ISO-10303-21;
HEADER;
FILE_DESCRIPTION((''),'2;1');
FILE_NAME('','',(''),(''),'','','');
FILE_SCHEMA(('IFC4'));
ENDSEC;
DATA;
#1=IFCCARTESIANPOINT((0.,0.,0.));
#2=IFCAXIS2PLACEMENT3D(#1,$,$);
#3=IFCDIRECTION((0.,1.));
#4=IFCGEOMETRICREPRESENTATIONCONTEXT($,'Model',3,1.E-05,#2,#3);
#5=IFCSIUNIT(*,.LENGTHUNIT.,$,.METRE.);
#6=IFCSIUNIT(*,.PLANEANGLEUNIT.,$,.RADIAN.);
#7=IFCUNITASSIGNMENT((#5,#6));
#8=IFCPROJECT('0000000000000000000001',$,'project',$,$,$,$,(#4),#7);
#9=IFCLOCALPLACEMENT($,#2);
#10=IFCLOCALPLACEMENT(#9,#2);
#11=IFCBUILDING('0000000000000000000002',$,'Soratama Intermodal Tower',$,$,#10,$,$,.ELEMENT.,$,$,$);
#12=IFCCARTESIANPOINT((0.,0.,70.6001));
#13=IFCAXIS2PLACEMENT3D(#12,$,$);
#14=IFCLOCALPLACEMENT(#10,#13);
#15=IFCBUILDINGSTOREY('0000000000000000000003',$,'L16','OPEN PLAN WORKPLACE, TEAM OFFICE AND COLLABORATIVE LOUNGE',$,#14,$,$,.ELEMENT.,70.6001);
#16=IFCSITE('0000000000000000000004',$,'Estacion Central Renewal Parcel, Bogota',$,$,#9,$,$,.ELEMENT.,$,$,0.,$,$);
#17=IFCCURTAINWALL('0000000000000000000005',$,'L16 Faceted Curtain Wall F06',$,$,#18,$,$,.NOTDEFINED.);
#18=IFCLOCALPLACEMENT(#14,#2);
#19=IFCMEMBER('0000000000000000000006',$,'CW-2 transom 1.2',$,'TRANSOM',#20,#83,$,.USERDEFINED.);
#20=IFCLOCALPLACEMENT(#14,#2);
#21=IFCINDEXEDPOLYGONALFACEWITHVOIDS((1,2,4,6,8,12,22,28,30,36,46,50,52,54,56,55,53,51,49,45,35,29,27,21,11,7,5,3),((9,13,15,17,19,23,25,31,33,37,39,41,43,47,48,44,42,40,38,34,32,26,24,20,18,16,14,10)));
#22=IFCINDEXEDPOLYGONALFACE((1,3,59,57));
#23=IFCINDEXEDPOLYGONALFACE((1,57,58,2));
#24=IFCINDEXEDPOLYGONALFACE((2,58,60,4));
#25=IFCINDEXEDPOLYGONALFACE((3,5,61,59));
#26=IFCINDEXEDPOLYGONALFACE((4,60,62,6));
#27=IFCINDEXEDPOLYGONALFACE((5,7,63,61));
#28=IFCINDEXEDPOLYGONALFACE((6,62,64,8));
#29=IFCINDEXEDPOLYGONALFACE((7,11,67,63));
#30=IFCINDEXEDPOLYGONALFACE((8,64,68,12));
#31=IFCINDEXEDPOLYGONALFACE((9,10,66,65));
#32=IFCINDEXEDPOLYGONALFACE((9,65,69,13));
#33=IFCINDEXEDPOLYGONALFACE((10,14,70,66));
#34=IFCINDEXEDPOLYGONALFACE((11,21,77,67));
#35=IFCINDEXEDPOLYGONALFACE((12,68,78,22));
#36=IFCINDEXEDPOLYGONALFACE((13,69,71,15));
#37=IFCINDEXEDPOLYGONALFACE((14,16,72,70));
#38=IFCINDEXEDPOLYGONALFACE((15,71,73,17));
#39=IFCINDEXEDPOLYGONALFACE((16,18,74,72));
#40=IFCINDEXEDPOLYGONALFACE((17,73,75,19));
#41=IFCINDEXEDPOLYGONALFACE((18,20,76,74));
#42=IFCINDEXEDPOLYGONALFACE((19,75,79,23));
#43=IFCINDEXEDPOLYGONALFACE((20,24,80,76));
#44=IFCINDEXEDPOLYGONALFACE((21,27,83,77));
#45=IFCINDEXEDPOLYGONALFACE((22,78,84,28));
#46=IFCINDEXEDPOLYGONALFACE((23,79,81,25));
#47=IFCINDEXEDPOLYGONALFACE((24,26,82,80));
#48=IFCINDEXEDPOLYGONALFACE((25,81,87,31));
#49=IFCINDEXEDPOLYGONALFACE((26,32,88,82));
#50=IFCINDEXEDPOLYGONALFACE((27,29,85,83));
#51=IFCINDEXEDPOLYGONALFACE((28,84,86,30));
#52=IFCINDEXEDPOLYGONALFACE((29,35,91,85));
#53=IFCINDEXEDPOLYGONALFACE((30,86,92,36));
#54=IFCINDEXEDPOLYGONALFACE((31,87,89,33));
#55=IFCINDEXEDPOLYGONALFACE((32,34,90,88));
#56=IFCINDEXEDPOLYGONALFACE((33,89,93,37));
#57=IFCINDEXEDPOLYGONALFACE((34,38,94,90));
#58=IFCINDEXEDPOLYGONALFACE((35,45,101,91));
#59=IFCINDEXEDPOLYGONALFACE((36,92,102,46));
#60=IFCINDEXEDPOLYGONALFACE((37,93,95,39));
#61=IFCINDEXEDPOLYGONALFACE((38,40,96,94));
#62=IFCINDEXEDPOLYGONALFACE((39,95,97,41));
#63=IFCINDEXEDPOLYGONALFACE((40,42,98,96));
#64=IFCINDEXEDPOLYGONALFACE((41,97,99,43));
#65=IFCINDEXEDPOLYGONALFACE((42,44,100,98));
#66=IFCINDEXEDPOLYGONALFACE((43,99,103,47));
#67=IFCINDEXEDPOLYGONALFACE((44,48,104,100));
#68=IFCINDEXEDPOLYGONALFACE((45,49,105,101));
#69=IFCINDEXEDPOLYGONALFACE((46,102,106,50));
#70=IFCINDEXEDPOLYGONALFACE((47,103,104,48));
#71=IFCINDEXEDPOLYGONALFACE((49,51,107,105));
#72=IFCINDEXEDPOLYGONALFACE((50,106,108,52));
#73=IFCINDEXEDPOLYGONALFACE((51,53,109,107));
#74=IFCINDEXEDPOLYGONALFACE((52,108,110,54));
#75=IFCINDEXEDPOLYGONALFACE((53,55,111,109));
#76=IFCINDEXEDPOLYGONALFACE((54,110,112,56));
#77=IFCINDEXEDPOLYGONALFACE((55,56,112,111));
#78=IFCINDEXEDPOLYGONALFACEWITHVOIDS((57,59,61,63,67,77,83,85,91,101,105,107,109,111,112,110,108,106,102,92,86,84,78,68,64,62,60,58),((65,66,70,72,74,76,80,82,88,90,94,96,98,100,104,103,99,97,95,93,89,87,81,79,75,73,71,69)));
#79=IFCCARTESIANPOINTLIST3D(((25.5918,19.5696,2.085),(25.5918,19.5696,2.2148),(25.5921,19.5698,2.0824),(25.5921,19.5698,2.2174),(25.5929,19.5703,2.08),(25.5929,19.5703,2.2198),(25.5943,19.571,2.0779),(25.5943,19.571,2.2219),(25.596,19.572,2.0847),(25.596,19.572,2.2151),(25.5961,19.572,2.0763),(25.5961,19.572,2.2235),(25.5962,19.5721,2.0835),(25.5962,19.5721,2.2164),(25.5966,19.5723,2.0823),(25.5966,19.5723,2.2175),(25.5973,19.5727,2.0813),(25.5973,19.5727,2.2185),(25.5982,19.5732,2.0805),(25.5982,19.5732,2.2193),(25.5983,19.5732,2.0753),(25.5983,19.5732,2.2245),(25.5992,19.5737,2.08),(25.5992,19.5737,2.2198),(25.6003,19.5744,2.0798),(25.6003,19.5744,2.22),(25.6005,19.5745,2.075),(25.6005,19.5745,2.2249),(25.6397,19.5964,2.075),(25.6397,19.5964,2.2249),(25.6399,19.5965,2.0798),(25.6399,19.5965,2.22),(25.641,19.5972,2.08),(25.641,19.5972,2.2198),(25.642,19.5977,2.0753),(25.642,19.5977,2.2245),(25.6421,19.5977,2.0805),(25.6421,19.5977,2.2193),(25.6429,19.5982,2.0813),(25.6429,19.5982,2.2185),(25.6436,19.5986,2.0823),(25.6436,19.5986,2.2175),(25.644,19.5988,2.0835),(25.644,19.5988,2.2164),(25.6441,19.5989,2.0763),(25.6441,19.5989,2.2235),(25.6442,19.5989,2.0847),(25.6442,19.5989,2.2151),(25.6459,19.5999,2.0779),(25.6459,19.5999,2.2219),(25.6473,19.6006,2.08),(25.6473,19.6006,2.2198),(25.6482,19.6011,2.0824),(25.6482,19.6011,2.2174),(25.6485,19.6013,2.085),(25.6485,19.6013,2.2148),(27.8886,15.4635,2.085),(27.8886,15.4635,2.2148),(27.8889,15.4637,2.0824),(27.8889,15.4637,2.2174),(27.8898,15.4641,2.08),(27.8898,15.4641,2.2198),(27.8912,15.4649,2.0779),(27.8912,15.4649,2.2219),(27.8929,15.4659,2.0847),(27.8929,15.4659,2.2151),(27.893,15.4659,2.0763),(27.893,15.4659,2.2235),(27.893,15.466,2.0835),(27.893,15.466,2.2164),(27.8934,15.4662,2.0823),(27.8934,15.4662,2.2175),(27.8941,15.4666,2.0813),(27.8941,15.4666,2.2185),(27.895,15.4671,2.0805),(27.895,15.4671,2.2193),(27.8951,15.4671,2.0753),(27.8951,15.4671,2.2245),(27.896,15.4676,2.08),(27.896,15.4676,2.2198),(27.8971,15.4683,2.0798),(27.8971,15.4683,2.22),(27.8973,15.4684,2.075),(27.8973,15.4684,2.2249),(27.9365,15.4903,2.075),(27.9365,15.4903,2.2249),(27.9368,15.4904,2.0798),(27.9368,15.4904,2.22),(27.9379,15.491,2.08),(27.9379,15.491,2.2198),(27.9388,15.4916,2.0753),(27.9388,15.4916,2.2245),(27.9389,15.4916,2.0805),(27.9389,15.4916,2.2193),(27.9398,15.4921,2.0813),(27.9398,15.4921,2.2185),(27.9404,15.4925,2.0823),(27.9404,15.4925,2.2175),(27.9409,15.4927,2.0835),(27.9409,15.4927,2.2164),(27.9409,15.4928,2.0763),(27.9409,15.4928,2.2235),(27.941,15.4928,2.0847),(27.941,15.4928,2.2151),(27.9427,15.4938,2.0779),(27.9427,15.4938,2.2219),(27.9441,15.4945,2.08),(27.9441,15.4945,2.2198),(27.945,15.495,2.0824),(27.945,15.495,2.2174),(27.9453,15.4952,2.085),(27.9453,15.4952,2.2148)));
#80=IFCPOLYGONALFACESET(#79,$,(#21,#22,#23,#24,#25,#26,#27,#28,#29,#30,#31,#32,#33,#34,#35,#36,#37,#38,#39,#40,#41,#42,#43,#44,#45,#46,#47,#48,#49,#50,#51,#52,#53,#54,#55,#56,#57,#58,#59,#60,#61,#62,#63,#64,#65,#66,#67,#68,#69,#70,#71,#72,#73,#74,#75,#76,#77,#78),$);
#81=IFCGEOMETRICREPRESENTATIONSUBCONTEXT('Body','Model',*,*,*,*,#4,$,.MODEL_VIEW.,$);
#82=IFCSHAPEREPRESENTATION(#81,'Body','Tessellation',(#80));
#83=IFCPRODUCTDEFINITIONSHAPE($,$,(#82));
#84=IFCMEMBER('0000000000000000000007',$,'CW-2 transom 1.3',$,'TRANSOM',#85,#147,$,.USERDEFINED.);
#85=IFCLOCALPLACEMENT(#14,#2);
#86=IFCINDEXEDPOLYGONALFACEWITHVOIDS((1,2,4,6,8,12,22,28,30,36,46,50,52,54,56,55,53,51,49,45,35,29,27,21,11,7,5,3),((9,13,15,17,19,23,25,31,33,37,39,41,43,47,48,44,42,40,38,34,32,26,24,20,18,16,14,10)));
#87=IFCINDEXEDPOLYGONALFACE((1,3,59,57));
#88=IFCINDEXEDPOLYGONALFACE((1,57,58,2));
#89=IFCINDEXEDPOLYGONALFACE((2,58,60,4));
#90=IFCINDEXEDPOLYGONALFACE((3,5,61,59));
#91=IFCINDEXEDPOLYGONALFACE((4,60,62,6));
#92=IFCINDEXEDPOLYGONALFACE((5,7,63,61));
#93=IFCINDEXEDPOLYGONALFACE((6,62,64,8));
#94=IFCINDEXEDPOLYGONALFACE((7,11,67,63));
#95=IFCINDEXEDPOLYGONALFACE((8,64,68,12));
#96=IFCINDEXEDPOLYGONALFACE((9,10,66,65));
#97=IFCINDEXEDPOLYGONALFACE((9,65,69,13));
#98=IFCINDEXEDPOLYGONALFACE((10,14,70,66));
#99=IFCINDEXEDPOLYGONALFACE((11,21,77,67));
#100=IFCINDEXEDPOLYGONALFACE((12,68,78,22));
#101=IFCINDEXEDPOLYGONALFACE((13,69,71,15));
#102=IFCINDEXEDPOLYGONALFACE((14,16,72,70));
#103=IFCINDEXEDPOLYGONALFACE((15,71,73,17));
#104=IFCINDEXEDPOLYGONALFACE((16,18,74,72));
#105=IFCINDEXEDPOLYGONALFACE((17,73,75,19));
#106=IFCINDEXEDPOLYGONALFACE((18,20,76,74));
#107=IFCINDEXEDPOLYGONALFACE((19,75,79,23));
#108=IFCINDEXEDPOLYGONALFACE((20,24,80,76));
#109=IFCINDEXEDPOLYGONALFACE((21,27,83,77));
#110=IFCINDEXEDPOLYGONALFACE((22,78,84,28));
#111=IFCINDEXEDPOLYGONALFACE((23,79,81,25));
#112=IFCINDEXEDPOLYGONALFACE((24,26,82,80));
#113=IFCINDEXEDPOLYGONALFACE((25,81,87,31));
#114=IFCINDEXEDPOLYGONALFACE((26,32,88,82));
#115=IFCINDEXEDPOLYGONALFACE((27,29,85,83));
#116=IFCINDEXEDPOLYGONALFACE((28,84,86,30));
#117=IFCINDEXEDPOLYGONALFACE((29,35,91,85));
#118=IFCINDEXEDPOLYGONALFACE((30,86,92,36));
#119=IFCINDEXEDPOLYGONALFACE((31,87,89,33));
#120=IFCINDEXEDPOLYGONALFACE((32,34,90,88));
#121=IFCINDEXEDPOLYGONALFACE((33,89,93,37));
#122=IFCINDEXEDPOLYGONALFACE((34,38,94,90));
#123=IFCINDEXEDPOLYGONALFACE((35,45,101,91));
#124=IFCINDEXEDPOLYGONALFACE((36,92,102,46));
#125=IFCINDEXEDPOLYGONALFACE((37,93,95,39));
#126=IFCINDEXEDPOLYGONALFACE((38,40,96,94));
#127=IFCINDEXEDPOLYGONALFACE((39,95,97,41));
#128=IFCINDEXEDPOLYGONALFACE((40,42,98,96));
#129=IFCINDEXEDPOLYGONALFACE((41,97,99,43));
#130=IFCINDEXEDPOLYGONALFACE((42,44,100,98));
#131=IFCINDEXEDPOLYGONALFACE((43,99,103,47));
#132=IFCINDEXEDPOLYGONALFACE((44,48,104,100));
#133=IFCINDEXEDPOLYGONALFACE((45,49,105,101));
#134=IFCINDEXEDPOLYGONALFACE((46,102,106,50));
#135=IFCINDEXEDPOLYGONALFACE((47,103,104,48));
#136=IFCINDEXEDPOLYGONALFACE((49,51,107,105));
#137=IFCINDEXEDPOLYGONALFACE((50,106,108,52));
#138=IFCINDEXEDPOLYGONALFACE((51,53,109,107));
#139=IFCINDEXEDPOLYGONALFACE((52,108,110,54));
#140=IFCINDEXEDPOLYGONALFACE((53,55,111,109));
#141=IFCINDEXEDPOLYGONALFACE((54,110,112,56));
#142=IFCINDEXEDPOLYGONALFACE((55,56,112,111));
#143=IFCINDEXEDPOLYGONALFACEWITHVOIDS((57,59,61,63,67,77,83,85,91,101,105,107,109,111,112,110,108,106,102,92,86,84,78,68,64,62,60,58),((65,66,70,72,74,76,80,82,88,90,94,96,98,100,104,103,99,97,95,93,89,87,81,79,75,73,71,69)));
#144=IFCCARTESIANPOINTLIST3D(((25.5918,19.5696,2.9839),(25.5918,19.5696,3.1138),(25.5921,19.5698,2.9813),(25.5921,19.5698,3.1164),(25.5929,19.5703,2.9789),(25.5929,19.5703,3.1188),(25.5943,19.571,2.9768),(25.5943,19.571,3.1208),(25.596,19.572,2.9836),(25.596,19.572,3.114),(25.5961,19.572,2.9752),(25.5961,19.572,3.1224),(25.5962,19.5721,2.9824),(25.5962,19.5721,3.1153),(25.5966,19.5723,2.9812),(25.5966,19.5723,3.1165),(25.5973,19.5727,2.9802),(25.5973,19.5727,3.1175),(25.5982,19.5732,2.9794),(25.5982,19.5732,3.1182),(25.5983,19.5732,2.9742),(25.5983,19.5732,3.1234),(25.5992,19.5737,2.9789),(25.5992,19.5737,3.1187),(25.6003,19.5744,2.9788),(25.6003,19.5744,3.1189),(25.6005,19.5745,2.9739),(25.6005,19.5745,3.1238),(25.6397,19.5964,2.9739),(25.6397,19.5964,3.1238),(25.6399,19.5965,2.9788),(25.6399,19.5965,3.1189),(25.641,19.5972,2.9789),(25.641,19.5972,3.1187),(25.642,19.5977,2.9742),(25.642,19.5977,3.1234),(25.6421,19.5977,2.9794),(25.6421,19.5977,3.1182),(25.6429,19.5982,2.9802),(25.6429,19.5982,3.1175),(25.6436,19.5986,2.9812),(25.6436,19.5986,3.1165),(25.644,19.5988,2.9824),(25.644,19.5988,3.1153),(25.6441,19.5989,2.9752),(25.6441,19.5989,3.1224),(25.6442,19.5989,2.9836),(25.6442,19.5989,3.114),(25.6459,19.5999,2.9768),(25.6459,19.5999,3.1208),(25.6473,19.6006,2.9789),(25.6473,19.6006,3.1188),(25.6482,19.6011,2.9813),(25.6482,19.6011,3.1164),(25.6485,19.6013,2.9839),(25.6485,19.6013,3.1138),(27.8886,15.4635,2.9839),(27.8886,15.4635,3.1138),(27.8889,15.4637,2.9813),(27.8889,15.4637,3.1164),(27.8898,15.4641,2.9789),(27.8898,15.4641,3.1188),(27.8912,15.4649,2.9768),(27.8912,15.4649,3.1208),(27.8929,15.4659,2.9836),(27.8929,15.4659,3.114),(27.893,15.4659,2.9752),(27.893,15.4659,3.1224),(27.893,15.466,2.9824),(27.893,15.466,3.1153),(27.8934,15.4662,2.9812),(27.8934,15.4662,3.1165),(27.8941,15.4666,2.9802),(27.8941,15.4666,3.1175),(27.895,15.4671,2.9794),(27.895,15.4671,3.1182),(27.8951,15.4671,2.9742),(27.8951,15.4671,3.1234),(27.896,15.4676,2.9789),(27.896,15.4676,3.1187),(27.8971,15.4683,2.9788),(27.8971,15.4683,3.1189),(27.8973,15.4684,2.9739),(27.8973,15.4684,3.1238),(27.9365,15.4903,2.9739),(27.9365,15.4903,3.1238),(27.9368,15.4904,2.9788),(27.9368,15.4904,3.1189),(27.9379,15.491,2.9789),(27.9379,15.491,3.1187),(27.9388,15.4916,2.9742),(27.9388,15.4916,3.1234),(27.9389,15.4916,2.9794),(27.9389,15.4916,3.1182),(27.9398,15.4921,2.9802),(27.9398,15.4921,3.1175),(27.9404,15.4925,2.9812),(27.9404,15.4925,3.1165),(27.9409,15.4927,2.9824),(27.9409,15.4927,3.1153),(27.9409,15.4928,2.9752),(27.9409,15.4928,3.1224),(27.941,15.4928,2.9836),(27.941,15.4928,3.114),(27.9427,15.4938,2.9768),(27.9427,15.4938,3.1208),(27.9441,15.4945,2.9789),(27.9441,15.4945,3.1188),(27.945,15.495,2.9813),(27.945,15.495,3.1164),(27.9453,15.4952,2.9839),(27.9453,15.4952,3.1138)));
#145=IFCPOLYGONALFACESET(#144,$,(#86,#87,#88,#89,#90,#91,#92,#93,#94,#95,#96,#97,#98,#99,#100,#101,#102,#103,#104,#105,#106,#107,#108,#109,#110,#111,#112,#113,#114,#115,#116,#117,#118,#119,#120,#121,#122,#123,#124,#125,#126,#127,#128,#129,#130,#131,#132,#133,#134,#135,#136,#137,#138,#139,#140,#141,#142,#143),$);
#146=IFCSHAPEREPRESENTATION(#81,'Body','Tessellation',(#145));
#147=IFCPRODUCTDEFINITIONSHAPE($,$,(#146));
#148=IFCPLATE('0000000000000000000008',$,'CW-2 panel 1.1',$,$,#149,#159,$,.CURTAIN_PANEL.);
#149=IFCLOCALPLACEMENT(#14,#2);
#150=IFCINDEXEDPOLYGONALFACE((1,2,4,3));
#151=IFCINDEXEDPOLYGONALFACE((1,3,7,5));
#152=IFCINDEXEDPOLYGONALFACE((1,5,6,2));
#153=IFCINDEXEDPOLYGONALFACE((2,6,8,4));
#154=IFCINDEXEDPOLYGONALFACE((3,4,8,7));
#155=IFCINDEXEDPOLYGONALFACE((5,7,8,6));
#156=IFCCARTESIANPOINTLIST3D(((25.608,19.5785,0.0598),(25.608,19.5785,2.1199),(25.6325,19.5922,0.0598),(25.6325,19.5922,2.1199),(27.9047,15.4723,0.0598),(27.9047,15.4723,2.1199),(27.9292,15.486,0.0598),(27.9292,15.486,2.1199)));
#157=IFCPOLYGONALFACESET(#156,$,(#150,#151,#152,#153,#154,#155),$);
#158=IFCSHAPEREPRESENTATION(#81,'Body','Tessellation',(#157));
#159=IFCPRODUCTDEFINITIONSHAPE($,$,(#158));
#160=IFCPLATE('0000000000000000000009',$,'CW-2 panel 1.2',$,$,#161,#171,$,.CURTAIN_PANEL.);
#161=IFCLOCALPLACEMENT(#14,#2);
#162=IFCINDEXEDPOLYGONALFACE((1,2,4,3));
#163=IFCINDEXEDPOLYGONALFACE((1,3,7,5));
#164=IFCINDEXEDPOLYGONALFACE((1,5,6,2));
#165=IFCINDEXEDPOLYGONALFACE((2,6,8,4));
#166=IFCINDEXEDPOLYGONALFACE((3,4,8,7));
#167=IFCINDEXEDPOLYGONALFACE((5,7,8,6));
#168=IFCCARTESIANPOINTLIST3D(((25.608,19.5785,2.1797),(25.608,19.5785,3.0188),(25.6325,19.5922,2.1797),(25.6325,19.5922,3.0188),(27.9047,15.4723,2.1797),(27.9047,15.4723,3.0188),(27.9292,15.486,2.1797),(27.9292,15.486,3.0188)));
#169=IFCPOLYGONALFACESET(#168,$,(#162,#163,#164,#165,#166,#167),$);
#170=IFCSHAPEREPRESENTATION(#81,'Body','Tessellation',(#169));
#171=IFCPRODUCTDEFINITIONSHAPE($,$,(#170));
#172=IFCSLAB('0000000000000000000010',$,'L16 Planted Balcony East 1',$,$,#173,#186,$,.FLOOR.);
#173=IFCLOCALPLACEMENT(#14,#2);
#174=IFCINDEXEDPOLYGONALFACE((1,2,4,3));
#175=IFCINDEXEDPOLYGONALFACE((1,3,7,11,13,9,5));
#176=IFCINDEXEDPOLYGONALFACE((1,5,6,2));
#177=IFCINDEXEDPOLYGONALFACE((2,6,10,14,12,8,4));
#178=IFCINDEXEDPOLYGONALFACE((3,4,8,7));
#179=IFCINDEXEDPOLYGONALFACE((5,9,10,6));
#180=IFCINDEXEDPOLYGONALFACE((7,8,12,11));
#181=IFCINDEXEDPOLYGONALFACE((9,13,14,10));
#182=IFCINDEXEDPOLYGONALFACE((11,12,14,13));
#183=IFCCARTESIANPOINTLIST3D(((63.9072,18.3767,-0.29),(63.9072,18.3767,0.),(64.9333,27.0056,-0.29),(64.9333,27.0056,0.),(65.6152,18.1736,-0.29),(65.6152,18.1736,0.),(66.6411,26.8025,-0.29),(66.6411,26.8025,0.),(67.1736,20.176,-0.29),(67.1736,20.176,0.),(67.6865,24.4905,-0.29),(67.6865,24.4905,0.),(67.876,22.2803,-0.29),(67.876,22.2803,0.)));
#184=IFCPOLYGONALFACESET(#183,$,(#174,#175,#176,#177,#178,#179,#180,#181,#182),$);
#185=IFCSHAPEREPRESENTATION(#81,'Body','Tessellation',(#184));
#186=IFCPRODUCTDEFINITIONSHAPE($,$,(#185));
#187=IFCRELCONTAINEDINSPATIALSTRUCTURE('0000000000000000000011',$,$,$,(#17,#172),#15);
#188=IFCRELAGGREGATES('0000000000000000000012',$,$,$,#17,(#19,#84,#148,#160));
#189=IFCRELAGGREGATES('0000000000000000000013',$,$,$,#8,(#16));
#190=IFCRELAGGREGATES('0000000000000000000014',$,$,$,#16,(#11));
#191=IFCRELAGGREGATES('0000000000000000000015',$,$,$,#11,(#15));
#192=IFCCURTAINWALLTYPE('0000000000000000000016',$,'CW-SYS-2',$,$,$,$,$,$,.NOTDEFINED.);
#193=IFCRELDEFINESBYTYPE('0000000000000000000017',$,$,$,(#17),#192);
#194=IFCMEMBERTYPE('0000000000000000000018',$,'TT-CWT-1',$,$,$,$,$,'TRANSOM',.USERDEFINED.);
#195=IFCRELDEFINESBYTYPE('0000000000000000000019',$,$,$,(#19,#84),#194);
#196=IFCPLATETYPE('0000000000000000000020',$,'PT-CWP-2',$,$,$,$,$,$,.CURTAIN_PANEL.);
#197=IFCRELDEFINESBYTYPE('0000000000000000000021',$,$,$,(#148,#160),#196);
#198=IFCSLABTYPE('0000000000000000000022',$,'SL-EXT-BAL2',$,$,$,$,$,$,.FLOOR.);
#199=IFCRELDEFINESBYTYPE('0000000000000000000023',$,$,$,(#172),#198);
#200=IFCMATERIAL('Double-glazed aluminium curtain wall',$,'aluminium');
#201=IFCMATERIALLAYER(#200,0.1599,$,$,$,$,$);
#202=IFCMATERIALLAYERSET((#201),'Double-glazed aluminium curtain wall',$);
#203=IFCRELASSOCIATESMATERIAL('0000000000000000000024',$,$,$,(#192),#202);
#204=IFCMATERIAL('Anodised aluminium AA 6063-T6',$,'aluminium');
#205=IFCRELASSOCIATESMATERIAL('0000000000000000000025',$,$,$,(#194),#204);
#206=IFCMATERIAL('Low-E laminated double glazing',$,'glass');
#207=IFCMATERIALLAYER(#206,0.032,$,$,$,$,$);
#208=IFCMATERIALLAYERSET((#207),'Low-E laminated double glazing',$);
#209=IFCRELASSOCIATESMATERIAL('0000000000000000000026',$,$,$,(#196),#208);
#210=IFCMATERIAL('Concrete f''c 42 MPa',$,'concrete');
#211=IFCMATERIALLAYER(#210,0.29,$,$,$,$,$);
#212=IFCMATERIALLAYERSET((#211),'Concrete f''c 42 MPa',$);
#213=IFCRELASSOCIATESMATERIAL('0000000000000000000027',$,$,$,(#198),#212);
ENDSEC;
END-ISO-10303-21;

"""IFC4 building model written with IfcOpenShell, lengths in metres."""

from ifc_helpers import new_model, si_unit, direction, frame, origin, origin_2d, place, context, subcontext, project, spatial, polyline, rectangle, hollow_rectangle, outline, extrude, material, layer, layer_set, material_profile, profile_set, type_object, element, aggregate, save


model = new_model("IFC4")

# Units and contexts
model_context = context("Model", 3, precision=1e-05, world=origin(), true_north=direction((0.0, 1.0)))
body_context = subcontext(model_context, "Body", "Model", "MODEL_VIEW")
ifc_project = project(units=[si_unit("LENGTHUNIT", "METRE"), si_unit("PLANEANGLEUNIT", "RADIAN")], contexts=[model_context])

# Site, building, storey
site_placement = place(None, origin())
site = spatial("IfcSite", under=ifc_project, at=site_placement, Name="Estacion Central Renewal Parcel, Bogota", CompositionType="ELEMENT", RefElevation=0.0)
building_placement = place(site_placement, origin())
building = spatial("IfcBuilding", under=site, at=building_placement, Name="Soratama Intermodal Tower", CompositionType="ELEMENT")
storey_placement = place(building_placement, frame((0.0, 0.0, 70.6001)))
storey = spatial("IfcBuildingStorey", under=building, at=storey_placement, Name="L16", Description="OPEN PLAN WORKPLACE, TEAM OFFICE AND COLLABORATIVE LOUNGE", CompositionType="ELEMENT", Elevation=70.6001)

# Curtain wall, members, plates
ifc_material_1 = material(Name="Double-glazed aluminium curtain wall", Category="aluminium")
ifc_layer_1 = layer(ifc_material_1, 0.1599)
ifc_layer_set_1 = layer_set([ifc_layer_1], Name="Double-glazed aluminium curtain wall")
curtain_wall_type = type_object("IfcCurtainWallType", Name="CW-SYS-2", PredefinedType="NOTDEFINED", material=ifc_layer_set_1)
curtain_wall_placement = place(storey_placement, origin())
curtain_wall = element("IfcCurtainWall", 1, at=curtain_wall_placement, inside=storey, type_object=curtain_wall_type, Name="L16 Faceted Curtain Wall F06", PredefinedType="NOTDEFINED")
ifc_material_2 = material(Name="Anodised aluminium AA 6063-T6", Category="aluminium")
ifc_material_profile_1 = material_profile(ifc_material_2, hollow_rectangle(XDim=0.0649, YDim=0.1499, WallThickness=0.0049, InnerFilletRadius=0.0049, OuterFilletRadius=0.01, at=origin_2d()), Name="CWT150X65X5")
ifc_profile_set_1 = profile_set([ifc_material_profile_1], Name="Anodised aluminium AA 6063-T6")
member_type_1 = type_object("IfcMemberType", Name="TT-CWT-1", ElementType="TRANSOM", PredefinedType="USERDEFINED", material=ifc_profile_set_1)
member_1_placement = place(storey_placement, frame((25.6201, 19.5854, 2.1499), z_axis=(0.488183, -0.872741, 0.0), x_axis=(0.872741, 0.488183, 0.0)))
member_1 = element("IfcMember", 2, at=member_1_placement, type_object=member_type_1, Name="CW-2 transom 1.2", ObjectType="TRANSOM", PredefinedType="USERDEFINED", context=body_context, shape_type="SweptSolid", body=[
    extrude(hollow_rectangle(XDim=0.0649, YDim=0.1499, WallThickness=0.0049, InnerFilletRadius=0.0049, OuterFilletRadius=0.01, at=origin_2d()), origin(), (0.0, 0.0, 1.0), 4.7048),
])
member_2_placement = place(storey_placement, frame((25.6201, 19.5854, 3.0488), z_axis=(0.488183, -0.872741, 0.0), x_axis=(0.872741, 0.488183, 0.0)))
member_2 = element("IfcMember", 3, at=member_2_placement, type_object=member_type_1, Name="CW-2 transom 1.3", ObjectType="TRANSOM", PredefinedType="USERDEFINED", context=body_context, shape_type="SweptSolid", body=[
    extrude(hollow_rectangle(XDim=0.0649, YDim=0.1499, WallThickness=0.0049, InnerFilletRadius=0.0049, OuterFilletRadius=0.01, at=origin_2d()), origin(), (0.0, 0.0, 1.0), 4.7048),
])
ifc_material_3 = material(Name="Low-E laminated double glazing", Category="glass")
ifc_layer_2 = layer(ifc_material_3, 0.032)
ifc_layer_set_2 = layer_set([ifc_layer_2], Name="Low-E laminated double glazing")
plate_type = type_object("IfcPlateType", Name="PT-CWP-2", PredefinedType="CURTAIN_PANEL", material=ifc_layer_set_2)
plate_1_placement = place(storey_placement, frame((26.7686, 17.5322, 0.0598), z_axis=(0.0, 0.0, 1.0), x_axis=(0.488157, -0.872756, 0.0)))
plate_1 = element("IfcPlate", 4, at=plate_1_placement, type_object=plate_type, Name="CW-2 panel 1.1", PredefinedType="CURTAIN_PANEL", context=body_context, shape_type="SweptSolid", body=[
    extrude(rectangle(XDim=4.7048, YDim=0.0281, at=origin_2d()), origin(), (0.0, 0.0, 1.0), 2.0601),
])
plate_2_placement = place(storey_placement, frame((26.7686, 17.5322, 2.1797), z_axis=(0.0, 0.0, 1.0), x_axis=(0.488157, -0.872756, 0.0)))
plate_2 = element("IfcPlate", 5, at=plate_2_placement, type_object=plate_type, Name="CW-2 panel 1.2", PredefinedType="CURTAIN_PANEL", context=body_context, shape_type="SweptSolid", body=[
    extrude(rectangle(XDim=4.7048, YDim=0.0281, at=origin_2d()), origin(), (0.0, 0.0, 1.0), 0.8391),
])
aggregate(curtain_wall, [member_1, member_2, plate_1, plate_2])

# Slab
ifc_material_4 = material(Name="Concrete f'c 42 MPa", Category="concrete")
ifc_layer_3 = layer(ifc_material_4, 0.29)
ifc_layer_set_3 = layer_set([ifc_layer_3], Name="Concrete f'c 42 MPa")
slab_type_1 = type_object("IfcSlabType", Name="SL-EXT-BAL2", PredefinedType="FLOOR", material=ifc_layer_set_3)
slab_1_placement = place(storey_placement, frame((0.0, 0.0, -0.29)))
element("IfcSlab", 6, at=slab_1_placement, inside=storey, type_object=slab_type_1, Name="L16 Planted Balcony East 1", PredefinedType="FLOOR", context=body_context, shape_type="SweptSolid", body=[
    extrude(outline(polyline([(63.9072, 18.3767), (64.9333, 27.0056), (66.6411, 26.8025), (67.6865, 24.4905), (67.876, 22.2803), (67.1736, 20.176), (65.6152, 18.1736), (63.9072, 18.3767)])), origin(), (0.0, 0.0, 1.0), 0.29),
])

save(model, "model.ifc")
